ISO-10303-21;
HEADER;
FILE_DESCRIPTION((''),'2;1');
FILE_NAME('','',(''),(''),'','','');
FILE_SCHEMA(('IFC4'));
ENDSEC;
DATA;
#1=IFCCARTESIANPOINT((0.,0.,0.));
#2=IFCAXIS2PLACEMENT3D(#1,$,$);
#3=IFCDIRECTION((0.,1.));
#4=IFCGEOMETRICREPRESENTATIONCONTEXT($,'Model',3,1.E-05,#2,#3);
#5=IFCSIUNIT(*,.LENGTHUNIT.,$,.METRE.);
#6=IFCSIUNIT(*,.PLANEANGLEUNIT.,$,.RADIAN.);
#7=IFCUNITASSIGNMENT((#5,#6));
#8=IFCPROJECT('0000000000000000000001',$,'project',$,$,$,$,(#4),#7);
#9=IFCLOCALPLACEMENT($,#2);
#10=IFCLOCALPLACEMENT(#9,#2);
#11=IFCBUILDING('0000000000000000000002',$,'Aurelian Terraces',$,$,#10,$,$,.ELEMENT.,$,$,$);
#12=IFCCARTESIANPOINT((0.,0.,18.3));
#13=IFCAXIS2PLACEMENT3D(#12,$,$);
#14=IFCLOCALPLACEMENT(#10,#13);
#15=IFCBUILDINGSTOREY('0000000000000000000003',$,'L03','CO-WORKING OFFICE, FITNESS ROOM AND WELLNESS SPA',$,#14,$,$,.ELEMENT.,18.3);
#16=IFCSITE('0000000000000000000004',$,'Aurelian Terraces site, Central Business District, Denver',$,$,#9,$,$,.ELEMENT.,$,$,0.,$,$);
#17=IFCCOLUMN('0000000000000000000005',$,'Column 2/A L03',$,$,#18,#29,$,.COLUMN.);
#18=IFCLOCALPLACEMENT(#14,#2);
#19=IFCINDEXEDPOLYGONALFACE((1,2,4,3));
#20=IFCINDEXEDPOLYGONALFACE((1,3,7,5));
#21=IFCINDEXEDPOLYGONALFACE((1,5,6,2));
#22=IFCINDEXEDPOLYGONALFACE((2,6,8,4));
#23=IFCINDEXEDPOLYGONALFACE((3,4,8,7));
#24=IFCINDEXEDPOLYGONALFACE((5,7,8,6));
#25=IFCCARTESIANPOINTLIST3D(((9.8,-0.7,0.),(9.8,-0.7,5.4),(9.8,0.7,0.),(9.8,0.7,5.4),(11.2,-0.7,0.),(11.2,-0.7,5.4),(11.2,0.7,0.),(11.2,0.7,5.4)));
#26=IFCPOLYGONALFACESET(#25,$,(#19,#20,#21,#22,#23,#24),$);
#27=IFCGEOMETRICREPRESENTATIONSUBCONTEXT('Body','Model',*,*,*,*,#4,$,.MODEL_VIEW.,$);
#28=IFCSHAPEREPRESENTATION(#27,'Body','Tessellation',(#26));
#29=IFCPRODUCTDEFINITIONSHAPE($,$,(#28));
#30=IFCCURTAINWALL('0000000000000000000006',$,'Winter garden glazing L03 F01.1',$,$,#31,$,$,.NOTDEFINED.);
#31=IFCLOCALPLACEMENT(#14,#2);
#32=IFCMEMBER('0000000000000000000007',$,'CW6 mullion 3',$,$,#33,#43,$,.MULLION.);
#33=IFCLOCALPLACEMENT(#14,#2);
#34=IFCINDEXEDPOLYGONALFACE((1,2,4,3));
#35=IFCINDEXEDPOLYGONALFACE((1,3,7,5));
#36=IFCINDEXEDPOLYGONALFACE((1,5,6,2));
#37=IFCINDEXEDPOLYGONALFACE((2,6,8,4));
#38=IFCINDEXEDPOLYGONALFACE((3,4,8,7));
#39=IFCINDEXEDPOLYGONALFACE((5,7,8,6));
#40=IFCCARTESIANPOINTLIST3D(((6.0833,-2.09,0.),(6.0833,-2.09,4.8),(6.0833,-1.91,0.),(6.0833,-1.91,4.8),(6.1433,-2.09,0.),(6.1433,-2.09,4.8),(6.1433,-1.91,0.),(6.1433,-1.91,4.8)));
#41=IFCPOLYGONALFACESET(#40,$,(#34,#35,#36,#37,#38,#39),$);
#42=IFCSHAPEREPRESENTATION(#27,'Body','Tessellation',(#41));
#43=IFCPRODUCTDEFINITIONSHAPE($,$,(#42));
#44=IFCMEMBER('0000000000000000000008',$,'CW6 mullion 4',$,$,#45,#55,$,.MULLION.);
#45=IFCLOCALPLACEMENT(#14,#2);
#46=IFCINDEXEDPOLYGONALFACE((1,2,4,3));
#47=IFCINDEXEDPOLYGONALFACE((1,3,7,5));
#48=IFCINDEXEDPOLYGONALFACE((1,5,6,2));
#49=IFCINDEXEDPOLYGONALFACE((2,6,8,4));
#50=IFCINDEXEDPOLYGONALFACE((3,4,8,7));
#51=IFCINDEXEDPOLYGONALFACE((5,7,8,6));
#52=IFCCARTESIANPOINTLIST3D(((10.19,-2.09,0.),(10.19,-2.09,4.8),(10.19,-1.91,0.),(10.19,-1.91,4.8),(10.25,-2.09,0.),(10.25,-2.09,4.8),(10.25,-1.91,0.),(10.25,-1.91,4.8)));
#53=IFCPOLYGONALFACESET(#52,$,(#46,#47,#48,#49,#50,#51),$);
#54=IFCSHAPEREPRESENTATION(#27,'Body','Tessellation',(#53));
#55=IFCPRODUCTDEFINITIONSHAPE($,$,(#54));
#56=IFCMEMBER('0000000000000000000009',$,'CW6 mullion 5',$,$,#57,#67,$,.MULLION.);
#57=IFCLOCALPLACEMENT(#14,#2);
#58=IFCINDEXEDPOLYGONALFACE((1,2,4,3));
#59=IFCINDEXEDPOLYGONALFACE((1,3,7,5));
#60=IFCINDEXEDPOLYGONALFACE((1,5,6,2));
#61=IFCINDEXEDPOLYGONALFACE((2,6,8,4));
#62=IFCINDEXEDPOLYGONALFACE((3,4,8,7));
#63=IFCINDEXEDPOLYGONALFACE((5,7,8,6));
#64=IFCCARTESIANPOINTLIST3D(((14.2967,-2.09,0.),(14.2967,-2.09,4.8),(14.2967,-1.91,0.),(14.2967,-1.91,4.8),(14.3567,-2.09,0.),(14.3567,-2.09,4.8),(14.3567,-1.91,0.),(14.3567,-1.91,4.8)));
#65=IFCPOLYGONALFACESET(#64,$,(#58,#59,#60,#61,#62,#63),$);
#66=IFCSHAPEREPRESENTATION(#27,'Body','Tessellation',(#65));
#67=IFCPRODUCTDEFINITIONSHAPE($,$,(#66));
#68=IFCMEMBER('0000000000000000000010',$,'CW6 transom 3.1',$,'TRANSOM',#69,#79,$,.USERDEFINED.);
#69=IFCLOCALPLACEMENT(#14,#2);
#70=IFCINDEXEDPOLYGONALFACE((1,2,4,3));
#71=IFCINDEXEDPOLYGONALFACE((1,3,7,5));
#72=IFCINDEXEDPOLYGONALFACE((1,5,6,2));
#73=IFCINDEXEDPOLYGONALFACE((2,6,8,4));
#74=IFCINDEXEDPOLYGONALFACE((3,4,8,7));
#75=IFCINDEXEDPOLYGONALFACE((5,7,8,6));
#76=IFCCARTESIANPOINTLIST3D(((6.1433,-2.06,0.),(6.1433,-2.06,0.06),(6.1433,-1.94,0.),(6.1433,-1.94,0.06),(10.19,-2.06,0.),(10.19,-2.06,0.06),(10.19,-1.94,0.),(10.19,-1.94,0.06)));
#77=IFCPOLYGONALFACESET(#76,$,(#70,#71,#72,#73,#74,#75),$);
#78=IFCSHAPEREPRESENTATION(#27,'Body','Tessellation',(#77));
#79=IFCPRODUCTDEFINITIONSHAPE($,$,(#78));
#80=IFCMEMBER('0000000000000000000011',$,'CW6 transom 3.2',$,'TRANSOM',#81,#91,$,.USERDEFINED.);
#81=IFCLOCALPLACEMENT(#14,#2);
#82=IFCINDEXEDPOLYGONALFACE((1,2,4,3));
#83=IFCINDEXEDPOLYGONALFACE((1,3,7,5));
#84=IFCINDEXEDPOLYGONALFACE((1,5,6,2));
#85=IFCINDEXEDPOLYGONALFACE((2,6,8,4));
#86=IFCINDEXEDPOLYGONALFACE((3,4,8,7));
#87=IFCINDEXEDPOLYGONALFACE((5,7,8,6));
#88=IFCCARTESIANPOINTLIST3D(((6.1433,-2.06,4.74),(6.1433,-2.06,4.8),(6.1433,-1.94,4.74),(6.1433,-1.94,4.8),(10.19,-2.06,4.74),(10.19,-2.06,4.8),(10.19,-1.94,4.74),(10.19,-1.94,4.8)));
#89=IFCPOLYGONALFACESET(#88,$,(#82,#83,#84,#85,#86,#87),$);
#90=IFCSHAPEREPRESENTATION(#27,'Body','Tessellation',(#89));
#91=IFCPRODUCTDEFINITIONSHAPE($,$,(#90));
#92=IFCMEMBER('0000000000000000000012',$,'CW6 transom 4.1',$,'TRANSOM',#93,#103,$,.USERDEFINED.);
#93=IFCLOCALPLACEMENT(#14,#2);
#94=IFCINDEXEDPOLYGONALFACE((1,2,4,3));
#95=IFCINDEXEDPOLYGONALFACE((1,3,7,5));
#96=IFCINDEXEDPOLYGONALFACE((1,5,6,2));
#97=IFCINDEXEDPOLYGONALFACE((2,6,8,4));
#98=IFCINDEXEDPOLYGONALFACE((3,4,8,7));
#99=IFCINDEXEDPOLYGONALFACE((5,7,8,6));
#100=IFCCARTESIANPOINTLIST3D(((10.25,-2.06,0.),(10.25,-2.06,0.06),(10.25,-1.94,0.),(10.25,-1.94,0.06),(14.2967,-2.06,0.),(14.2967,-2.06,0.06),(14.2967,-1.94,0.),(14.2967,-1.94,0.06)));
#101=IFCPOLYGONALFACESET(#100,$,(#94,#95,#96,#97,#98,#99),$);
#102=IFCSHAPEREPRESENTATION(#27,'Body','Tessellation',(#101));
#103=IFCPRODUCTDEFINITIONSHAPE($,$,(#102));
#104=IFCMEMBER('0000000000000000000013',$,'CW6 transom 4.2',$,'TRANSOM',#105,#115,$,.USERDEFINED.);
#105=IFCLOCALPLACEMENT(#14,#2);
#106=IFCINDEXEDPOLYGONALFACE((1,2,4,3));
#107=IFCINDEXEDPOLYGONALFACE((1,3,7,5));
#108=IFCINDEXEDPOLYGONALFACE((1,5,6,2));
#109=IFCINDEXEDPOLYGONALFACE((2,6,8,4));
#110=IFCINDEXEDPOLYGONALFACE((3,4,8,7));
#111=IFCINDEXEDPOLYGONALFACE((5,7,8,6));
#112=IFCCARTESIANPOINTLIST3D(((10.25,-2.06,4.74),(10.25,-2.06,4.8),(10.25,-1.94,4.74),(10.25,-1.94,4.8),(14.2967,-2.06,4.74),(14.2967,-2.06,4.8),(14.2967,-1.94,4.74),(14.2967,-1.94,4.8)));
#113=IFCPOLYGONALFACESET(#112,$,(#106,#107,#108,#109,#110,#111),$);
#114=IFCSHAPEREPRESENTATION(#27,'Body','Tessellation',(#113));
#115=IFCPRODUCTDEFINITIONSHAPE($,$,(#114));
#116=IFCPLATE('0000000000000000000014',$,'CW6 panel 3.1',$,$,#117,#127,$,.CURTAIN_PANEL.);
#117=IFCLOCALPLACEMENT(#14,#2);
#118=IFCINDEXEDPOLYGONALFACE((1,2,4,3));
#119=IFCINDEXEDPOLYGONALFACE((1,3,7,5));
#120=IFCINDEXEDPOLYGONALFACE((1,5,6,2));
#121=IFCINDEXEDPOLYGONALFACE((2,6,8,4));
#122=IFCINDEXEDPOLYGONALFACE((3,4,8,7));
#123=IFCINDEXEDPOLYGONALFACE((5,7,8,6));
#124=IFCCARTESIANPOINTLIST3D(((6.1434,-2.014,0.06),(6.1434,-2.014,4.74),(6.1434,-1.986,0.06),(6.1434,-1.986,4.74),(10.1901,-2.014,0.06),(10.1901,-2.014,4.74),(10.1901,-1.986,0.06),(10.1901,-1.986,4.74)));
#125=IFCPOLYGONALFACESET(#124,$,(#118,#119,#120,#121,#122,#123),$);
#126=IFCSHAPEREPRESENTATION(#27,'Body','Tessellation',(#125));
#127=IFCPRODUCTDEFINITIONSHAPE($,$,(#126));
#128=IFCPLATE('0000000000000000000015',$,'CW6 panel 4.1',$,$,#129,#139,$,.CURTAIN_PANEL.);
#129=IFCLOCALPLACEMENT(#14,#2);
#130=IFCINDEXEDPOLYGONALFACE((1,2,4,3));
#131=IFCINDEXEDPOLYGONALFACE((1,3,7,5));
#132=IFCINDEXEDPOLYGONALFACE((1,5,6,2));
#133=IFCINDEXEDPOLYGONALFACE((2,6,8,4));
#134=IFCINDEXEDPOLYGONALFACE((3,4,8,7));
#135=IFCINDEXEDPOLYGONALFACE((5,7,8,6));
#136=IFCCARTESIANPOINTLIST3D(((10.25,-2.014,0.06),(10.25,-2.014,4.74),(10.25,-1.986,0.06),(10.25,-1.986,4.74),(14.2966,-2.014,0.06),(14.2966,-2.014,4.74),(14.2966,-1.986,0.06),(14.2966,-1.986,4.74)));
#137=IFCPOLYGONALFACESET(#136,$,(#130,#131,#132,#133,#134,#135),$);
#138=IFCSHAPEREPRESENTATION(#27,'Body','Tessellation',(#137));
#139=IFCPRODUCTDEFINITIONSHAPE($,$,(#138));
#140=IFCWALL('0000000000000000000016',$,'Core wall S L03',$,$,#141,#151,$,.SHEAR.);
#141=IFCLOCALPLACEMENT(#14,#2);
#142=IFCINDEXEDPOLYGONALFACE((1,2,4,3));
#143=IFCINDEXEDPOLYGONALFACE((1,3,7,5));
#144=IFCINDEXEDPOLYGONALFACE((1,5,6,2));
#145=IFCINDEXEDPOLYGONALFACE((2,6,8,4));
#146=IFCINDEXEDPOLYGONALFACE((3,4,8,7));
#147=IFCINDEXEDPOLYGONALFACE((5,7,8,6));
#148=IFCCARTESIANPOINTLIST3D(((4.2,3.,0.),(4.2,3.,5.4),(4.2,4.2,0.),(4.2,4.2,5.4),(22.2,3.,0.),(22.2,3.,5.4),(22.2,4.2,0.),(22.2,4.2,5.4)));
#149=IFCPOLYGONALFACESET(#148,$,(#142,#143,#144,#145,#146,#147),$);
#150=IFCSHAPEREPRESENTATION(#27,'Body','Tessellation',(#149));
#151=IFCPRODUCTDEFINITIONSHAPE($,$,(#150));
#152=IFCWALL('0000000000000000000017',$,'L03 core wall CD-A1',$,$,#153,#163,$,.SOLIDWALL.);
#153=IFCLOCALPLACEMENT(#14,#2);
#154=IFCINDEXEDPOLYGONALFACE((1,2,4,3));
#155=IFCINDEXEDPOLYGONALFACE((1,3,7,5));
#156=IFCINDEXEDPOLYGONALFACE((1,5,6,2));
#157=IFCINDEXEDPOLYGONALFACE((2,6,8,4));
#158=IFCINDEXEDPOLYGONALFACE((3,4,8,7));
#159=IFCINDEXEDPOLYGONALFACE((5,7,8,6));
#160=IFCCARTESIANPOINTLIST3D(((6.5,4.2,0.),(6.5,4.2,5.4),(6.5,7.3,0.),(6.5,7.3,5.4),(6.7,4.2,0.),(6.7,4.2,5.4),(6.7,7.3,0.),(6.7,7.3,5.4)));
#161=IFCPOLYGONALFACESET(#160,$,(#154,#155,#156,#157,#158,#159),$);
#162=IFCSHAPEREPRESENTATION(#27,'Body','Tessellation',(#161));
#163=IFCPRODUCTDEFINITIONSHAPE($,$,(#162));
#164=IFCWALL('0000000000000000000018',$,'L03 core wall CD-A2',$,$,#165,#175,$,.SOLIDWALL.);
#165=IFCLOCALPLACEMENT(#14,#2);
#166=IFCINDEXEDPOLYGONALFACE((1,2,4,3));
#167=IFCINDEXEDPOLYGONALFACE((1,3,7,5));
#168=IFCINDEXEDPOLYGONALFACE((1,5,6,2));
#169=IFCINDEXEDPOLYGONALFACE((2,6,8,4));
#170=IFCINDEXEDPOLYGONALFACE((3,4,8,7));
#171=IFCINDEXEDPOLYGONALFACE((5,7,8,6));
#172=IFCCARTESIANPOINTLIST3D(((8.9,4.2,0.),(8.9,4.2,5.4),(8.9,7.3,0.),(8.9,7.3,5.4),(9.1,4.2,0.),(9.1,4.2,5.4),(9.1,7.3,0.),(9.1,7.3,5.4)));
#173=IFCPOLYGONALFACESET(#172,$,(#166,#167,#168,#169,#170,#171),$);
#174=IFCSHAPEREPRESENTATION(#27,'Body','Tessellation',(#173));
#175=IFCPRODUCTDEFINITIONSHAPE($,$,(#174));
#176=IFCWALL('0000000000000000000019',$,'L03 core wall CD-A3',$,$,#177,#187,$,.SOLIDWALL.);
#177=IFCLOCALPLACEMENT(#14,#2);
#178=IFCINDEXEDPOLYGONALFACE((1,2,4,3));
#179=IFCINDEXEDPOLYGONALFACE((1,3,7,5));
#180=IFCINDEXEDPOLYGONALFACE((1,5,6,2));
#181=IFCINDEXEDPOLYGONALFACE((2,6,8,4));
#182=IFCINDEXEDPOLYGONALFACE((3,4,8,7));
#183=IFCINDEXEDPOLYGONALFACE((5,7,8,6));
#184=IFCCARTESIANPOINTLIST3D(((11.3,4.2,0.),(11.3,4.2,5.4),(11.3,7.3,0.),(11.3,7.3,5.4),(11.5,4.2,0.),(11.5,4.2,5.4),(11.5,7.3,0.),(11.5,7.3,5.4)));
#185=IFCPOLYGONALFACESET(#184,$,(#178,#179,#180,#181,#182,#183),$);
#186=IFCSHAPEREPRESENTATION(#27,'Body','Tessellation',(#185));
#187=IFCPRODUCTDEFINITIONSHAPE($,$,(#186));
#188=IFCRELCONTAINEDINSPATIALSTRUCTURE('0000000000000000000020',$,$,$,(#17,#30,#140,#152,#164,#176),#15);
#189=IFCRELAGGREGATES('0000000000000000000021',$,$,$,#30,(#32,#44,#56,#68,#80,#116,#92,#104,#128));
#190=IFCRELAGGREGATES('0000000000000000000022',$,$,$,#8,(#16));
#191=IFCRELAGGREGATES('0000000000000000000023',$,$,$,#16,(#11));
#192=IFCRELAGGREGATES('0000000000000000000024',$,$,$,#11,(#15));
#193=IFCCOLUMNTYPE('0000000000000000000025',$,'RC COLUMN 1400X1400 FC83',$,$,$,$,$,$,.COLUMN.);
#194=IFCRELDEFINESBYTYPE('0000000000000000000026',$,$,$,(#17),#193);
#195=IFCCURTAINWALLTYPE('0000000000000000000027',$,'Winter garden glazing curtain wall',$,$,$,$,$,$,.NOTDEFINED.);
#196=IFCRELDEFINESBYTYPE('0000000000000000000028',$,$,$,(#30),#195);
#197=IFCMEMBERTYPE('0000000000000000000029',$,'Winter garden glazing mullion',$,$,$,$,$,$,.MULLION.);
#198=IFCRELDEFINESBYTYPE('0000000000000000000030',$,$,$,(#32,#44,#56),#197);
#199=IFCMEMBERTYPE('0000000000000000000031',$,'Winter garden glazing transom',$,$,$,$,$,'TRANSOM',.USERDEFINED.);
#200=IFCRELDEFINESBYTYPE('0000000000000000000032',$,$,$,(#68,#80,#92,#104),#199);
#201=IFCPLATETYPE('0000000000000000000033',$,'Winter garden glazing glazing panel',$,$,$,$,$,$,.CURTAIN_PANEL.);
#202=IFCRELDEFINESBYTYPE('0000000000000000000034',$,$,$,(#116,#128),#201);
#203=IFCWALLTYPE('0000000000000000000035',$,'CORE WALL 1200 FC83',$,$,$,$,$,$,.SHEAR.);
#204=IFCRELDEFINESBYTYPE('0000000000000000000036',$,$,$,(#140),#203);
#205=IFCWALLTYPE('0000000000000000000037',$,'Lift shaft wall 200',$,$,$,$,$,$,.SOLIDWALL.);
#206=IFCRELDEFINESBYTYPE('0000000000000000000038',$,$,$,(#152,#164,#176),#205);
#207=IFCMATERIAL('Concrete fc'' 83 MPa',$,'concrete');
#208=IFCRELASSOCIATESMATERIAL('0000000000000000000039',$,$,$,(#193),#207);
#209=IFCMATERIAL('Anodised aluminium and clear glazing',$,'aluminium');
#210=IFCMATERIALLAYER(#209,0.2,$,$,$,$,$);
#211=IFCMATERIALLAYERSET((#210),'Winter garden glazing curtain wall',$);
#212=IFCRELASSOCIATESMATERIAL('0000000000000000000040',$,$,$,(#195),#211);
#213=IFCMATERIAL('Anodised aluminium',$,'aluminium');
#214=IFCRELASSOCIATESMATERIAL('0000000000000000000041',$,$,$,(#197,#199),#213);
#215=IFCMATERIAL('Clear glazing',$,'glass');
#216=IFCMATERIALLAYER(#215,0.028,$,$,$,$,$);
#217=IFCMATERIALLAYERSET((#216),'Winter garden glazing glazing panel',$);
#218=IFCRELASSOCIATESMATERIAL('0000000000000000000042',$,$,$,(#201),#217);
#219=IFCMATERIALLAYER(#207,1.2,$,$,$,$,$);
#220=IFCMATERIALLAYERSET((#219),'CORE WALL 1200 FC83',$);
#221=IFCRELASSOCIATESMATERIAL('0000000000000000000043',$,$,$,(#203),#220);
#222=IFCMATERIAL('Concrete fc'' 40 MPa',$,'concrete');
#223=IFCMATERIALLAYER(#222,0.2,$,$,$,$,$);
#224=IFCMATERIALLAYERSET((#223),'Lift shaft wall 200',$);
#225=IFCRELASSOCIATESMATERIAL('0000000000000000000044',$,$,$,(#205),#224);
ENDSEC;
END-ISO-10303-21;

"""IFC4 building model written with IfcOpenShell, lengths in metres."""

from ifc_helpers import new_model, si_unit, direction, frame, frame_2d, origin, origin_2d, place, context, subcontext, project, spatial, rectangle, extrude, source, transform, mapped, material, layer, layer_set, material_profile, profile_set, type_object, element, aggregate, save


model = new_model("IFC4")

# Units and contexts
model_context = context("Model", 3, precision=1e-05, world=origin(), true_north=direction((0.0, 1.0)))
body_context = subcontext(model_context, "Body", "Model", "MODEL_VIEW")
ifc_project = project(units=[si_unit("LENGTHUNIT", "METRE"), si_unit("PLANEANGLEUNIT", "RADIAN")], contexts=[model_context])

# Site, building, storey
site_placement = place(None, origin())
site = spatial("IfcSite", under=ifc_project, at=site_placement, Name="Aurelian Terraces site, Central Business District, Denver", CompositionType="ELEMENT", RefElevation=0.0)
building_placement = place(site_placement, origin())
building = spatial("IfcBuilding", under=site, at=building_placement, Name="Aurelian Terraces", CompositionType="ELEMENT")
storey_placement = place(building_placement, frame((0.0, 0.0, 18.3)))
storey = spatial("IfcBuildingStorey", under=building, at=storey_placement, Name="L03", Description="CO-WORKING OFFICE, FITNESS ROOM AND WELLNESS SPA", CompositionType="ELEMENT", Elevation=18.3)

# Column
ifc_material_1 = material(Name="Concrete fc' 83 MPa", Category="concrete")
ifc_material_profile_1 = material_profile(ifc_material_1, rectangle(XDim=1.4, YDim=1.4, at=origin_2d()))
ifc_profile_set_1 = profile_set([ifc_material_profile_1], Name="Concrete fc' 83 MPa")
column_type = type_object("IfcColumnType", Name="RC COLUMN 1400X1400 FC83", PredefinedType="COLUMN", material=ifc_profile_set_1)
shared_shape_1 = source(origin(), body_context, "Body", "SweptSolid", [
    extrude(rectangle(XDim=1.4, YDim=1.4, at=origin_2d()), origin(), (0.0, 0.0, 1.0), 5.4),
])
column_placement = place(storey_placement, frame((10.5, 0.0, 0.0), z_axis=(0.0, 0.0, 1.0), x_axis=(1.0, 0.0, 0.0)))
element("IfcColumn", 1, at=column_placement, inside=storey, type_object=column_type, Name="Column 2/A L03", PredefinedType="COLUMN", context=body_context, shape_type="MappedRepresentation", body=[
    mapped(shared_shape_1, transform((0.0, 0.0, 0.0), scale=1.0)),
])

# Curtain wall, members, plates
ifc_material_2 = material(Name="Anodised aluminium and clear glazing", Category="aluminium")
ifc_layer_1 = layer(ifc_material_2, 0.2)
ifc_layer_set_1 = layer_set([ifc_layer_1], Name="Winter garden glazing curtain wall")
curtain_wall_type = type_object("IfcCurtainWallType", Name="Winter garden glazing curtain wall", PredefinedType="NOTDEFINED", material=ifc_layer_set_1)
curtain_wall_placement = place(storey_placement, origin())
curtain_wall = element("IfcCurtainWall", 2, at=curtain_wall_placement, inside=storey, type_object=curtain_wall_type, Name="Winter garden glazing L03 F01.1", PredefinedType="NOTDEFINED")
ifc_material_3 = material(Name="Anodised aluminium", Category="aluminium")
ifc_material_profile_2 = material_profile(ifc_material_3, rectangle(XDim=0.18, YDim=0.06, at=origin_2d()))
ifc_profile_set_2 = profile_set([ifc_material_profile_2], Name="Anodised aluminium")
member_type_1 = type_object("IfcMemberType", Name="Winter garden glazing mullion", PredefinedType="MULLION", material=ifc_profile_set_2)
shared_shape_2 = source(origin(), body_context, "Body", "SweptSolid", [
    extrude(rectangle(XDim=0.18, YDim=0.06, at=origin_2d()), origin(), (0.0, 0.0, 1.0), 4.8),
])
member_1_placement = place(storey_placement, frame((6.1133, -2.0, 0.0), z_axis=(0.0, 0.0, 1.0), x_axis=(0.0, 1.0, 0.0)))
member_1 = element("IfcMember", 3, at=member_1_placement, type_object=member_type_1, Name="CW6 mullion 3", PredefinedType="MULLION", context=body_context, shape_type="MappedRepresentation", body=[
    mapped(shared_shape_2, transform((0.0, 0.0, 0.0), scale=1.0)),
])
member_2_placement = place(storey_placement, frame((10.22, -2.0, 0.0), z_axis=(0.0, 0.0, 1.0), x_axis=(0.0, 1.0, 0.0)))
member_2 = element("IfcMember", 4, at=member_2_placement, type_object=member_type_1, Name="CW6 mullion 4", PredefinedType="MULLION", context=body_context, shape_type="MappedRepresentation", body=[
    mapped(shared_shape_2, transform((0.0, 0.0, 0.0), scale=1.0)),
])
member_3_placement = place(storey_placement, frame((14.3267, -2.0, 0.0), z_axis=(0.0, 0.0, 1.0), x_axis=(0.0, 1.0, 0.0)))
member_3 = element("IfcMember", 5, at=member_3_placement, type_object=member_type_1, Name="CW6 mullion 5", PredefinedType="MULLION", context=body_context, shape_type="MappedRepresentation", body=[
    mapped(shared_shape_2, transform((0.0, 0.0, 0.0), scale=1.0)),
])
ifc_material_profile_3 = material_profile(ifc_material_3, rectangle(XDim=0.12, YDim=0.06, at=origin_2d()))
ifc_profile_set_3 = profile_set([ifc_material_profile_3], Name="Anodised aluminium")
member_type_2 = type_object("IfcMemberType", Name="Winter garden glazing transom", ElementType="TRANSOM", PredefinedType="USERDEFINED", material=ifc_profile_set_3)
shared_shape_3 = source(origin(), body_context, "Body", "SweptSolid", [
    extrude(rectangle(XDim=0.12, YDim=0.06, at=origin_2d()), origin(), (0.0, 0.0, 1.0), 4.0467),
])
member_4_placement = place(storey_placement, frame((6.1433, -2.0, 0.03), z_axis=(1.0, 0.0, 0.0), x_axis=(0.0, 1.0, 0.0)))
member_4 = element("IfcMember", 6, at=member_4_placement, type_object=member_type_2, Name="CW6 transom 3.1", ObjectType="TRANSOM", PredefinedType="USERDEFINED", context=body_context, shape_type="MappedRepresentation", body=[
    mapped(shared_shape_3, transform((0.0, 0.0, 0.0), scale=1.0)),
])
member_5_placement = place(storey_placement, frame((6.1433, -2.0, 4.77), z_axis=(1.0, 0.0, 0.0), x_axis=(0.0, 1.0, 0.0)))
member_5 = element("IfcMember", 7, at=member_5_placement, type_object=member_type_2, Name="CW6 transom 3.2", ObjectType="TRANSOM", PredefinedType="USERDEFINED", context=body_context, shape_type="MappedRepresentation", body=[
    mapped(shared_shape_3, transform((0.0, 0.0, 0.0), scale=1.0)),
])
member_6_placement = place(storey_placement, frame((10.25, -2.0, 0.03), z_axis=(1.0, 0.0, 0.0), x_axis=(0.0, 1.0, 0.0)))
member_6 = element("IfcMember", 8, at=member_6_placement, type_object=member_type_2, Name="CW6 transom 4.1", ObjectType="TRANSOM", PredefinedType="USERDEFINED", context=body_context, shape_type="MappedRepresentation", body=[
    mapped(shared_shape_3, transform((0.0, 0.0, 0.0), scale=1.0)),
])
member_7_placement = place(storey_placement, frame((10.25, -2.0, 4.77), z_axis=(1.0, 0.0, 0.0), x_axis=(0.0, 1.0, 0.0)))
member_7 = element("IfcMember", 9, at=member_7_placement, type_object=member_type_2, Name="CW6 transom 4.2", ObjectType="TRANSOM", PredefinedType="USERDEFINED", context=body_context, shape_type="MappedRepresentation", body=[
    mapped(shared_shape_3, transform((0.0, 0.0, 0.0), scale=1.0)),
])
ifc_material_4 = material(Name="Clear glazing", Category="glass")
ifc_layer_2 = layer(ifc_material_4, 0.028)
ifc_layer_set_2 = layer_set([ifc_layer_2], Name="Winter garden glazing glazing panel")
plate_type = type_object("IfcPlateType", Name="Winter garden glazing glazing panel", PredefinedType="CURTAIN_PANEL", material=ifc_layer_set_2)
shared_shape_4 = source(origin(), body_context, "Body", "SweptSolid", [
    extrude(rectangle(XDim=4.0467, YDim=0.028, at=origin_2d()), origin(), (0.0, 0.0, 1.0), 4.68),
])
plate_1_placement = place(storey_placement, frame((8.1667, -2.0, 0.06), z_axis=(0.0, 0.0, 1.0), x_axis=(1.0, 0.0, 0.0)))
plate_1 = element("IfcPlate", 10, at=plate_1_placement, type_object=plate_type, Name="CW6 panel 3.1", PredefinedType="CURTAIN_PANEL", context=body_context, shape_type="MappedRepresentation", body=[
    mapped(shared_shape_4, transform((0.0, 0.0, 0.0), scale=1.0)),
])
plate_2_placement = place(storey_placement, frame((12.2733, -2.0, 0.06), z_axis=(0.0, 0.0, 1.0), x_axis=(1.0, 0.0, 0.0)))
plate_2 = element("IfcPlate", 11, at=plate_2_placement, type_object=plate_type, Name="CW6 panel 4.1", PredefinedType="CURTAIN_PANEL", context=body_context, shape_type="MappedRepresentation", body=[
    mapped(shared_shape_4, transform((0.0, 0.0, 0.0), scale=1.0)),
])
aggregate(curtain_wall, [member_1, member_2, member_3, member_4, member_5, plate_1, member_6, member_7, plate_2])

# Walls
ifc_layer_3 = layer(ifc_material_1, 1.2)
ifc_layer_set_3 = layer_set([ifc_layer_3], Name="CORE WALL 1200 FC83")
wall_type_1 = type_object("IfcWallType", Name="CORE WALL 1200 FC83", PredefinedType="SHEAR", material=ifc_layer_set_3)
shared_shape_5 = source(origin(), body_context, "Body", "SweptSolid", [
    extrude(rectangle(XDim=18.0, YDim=1.2, at=frame_2d((9.0, 0.0))), origin(), (0.0, 0.0, 1.0), 5.4),
])
wall_1_placement = place(storey_placement, frame((4.2, 3.6, 0.0), z_axis=(0.0, 0.0, 1.0), x_axis=(1.0, 0.0, 0.0)))
element("IfcWall", 12, at=wall_1_placement, inside=storey, type_object=wall_type_1, Name="Core wall S L03", PredefinedType="SHEAR", context=body_context, shape_type="MappedRepresentation", body=[
    mapped(shared_shape_5, transform((0.0, 0.0, 0.0), scale=1.0)),
])
ifc_material_5 = material(Name="Concrete fc' 40 MPa", Category="concrete")
ifc_layer_4 = layer(ifc_material_5, 0.2)
ifc_layer_set_4 = layer_set([ifc_layer_4], Name="Lift shaft wall 200")
wall_type_2 = type_object("IfcWallType", Name="Lift shaft wall 200", PredefinedType="SOLIDWALL", material=ifc_layer_set_4)
shared_shape_6 = source(origin(), body_context, "Body", "SweptSolid", [
    extrude(rectangle(XDim=3.1, YDim=0.2, at=frame_2d((1.55, 0.0))), origin(), (0.0, 0.0, 1.0), 5.4),
])
for number, where, z_axis, x_axis, name in (
    (13, (6.6, 4.2, 0.0), (0.0, 0.0, 1.0), (0.0, 1.0, 0.0), "L03 core wall CD-A1"),
    (14, (9.0, 4.2, 0.0), (0.0, 0.0, 1.0), (0.0, 1.0, 0.0), "L03 core wall CD-A2"),
    (15, (11.4, 4.2, 0.0), (0.0, 0.0, 1.0), (0.0, 1.0, 0.0), "L03 core wall CD-A3"),
):
    element("IfcWall", number, at=place(storey_placement, frame(where, z_axis=z_axis, x_axis=x_axis)), inside=storey, type_object=wall_type_2, Name=name, PredefinedType="SOLIDWALL", context=body_context, shape_type="MappedRepresentation", body=[
        mapped(shared_shape_6, transform((0.0, 0.0, 0.0), scale=1.0)),
    ])

save(model, "model.ifc")
